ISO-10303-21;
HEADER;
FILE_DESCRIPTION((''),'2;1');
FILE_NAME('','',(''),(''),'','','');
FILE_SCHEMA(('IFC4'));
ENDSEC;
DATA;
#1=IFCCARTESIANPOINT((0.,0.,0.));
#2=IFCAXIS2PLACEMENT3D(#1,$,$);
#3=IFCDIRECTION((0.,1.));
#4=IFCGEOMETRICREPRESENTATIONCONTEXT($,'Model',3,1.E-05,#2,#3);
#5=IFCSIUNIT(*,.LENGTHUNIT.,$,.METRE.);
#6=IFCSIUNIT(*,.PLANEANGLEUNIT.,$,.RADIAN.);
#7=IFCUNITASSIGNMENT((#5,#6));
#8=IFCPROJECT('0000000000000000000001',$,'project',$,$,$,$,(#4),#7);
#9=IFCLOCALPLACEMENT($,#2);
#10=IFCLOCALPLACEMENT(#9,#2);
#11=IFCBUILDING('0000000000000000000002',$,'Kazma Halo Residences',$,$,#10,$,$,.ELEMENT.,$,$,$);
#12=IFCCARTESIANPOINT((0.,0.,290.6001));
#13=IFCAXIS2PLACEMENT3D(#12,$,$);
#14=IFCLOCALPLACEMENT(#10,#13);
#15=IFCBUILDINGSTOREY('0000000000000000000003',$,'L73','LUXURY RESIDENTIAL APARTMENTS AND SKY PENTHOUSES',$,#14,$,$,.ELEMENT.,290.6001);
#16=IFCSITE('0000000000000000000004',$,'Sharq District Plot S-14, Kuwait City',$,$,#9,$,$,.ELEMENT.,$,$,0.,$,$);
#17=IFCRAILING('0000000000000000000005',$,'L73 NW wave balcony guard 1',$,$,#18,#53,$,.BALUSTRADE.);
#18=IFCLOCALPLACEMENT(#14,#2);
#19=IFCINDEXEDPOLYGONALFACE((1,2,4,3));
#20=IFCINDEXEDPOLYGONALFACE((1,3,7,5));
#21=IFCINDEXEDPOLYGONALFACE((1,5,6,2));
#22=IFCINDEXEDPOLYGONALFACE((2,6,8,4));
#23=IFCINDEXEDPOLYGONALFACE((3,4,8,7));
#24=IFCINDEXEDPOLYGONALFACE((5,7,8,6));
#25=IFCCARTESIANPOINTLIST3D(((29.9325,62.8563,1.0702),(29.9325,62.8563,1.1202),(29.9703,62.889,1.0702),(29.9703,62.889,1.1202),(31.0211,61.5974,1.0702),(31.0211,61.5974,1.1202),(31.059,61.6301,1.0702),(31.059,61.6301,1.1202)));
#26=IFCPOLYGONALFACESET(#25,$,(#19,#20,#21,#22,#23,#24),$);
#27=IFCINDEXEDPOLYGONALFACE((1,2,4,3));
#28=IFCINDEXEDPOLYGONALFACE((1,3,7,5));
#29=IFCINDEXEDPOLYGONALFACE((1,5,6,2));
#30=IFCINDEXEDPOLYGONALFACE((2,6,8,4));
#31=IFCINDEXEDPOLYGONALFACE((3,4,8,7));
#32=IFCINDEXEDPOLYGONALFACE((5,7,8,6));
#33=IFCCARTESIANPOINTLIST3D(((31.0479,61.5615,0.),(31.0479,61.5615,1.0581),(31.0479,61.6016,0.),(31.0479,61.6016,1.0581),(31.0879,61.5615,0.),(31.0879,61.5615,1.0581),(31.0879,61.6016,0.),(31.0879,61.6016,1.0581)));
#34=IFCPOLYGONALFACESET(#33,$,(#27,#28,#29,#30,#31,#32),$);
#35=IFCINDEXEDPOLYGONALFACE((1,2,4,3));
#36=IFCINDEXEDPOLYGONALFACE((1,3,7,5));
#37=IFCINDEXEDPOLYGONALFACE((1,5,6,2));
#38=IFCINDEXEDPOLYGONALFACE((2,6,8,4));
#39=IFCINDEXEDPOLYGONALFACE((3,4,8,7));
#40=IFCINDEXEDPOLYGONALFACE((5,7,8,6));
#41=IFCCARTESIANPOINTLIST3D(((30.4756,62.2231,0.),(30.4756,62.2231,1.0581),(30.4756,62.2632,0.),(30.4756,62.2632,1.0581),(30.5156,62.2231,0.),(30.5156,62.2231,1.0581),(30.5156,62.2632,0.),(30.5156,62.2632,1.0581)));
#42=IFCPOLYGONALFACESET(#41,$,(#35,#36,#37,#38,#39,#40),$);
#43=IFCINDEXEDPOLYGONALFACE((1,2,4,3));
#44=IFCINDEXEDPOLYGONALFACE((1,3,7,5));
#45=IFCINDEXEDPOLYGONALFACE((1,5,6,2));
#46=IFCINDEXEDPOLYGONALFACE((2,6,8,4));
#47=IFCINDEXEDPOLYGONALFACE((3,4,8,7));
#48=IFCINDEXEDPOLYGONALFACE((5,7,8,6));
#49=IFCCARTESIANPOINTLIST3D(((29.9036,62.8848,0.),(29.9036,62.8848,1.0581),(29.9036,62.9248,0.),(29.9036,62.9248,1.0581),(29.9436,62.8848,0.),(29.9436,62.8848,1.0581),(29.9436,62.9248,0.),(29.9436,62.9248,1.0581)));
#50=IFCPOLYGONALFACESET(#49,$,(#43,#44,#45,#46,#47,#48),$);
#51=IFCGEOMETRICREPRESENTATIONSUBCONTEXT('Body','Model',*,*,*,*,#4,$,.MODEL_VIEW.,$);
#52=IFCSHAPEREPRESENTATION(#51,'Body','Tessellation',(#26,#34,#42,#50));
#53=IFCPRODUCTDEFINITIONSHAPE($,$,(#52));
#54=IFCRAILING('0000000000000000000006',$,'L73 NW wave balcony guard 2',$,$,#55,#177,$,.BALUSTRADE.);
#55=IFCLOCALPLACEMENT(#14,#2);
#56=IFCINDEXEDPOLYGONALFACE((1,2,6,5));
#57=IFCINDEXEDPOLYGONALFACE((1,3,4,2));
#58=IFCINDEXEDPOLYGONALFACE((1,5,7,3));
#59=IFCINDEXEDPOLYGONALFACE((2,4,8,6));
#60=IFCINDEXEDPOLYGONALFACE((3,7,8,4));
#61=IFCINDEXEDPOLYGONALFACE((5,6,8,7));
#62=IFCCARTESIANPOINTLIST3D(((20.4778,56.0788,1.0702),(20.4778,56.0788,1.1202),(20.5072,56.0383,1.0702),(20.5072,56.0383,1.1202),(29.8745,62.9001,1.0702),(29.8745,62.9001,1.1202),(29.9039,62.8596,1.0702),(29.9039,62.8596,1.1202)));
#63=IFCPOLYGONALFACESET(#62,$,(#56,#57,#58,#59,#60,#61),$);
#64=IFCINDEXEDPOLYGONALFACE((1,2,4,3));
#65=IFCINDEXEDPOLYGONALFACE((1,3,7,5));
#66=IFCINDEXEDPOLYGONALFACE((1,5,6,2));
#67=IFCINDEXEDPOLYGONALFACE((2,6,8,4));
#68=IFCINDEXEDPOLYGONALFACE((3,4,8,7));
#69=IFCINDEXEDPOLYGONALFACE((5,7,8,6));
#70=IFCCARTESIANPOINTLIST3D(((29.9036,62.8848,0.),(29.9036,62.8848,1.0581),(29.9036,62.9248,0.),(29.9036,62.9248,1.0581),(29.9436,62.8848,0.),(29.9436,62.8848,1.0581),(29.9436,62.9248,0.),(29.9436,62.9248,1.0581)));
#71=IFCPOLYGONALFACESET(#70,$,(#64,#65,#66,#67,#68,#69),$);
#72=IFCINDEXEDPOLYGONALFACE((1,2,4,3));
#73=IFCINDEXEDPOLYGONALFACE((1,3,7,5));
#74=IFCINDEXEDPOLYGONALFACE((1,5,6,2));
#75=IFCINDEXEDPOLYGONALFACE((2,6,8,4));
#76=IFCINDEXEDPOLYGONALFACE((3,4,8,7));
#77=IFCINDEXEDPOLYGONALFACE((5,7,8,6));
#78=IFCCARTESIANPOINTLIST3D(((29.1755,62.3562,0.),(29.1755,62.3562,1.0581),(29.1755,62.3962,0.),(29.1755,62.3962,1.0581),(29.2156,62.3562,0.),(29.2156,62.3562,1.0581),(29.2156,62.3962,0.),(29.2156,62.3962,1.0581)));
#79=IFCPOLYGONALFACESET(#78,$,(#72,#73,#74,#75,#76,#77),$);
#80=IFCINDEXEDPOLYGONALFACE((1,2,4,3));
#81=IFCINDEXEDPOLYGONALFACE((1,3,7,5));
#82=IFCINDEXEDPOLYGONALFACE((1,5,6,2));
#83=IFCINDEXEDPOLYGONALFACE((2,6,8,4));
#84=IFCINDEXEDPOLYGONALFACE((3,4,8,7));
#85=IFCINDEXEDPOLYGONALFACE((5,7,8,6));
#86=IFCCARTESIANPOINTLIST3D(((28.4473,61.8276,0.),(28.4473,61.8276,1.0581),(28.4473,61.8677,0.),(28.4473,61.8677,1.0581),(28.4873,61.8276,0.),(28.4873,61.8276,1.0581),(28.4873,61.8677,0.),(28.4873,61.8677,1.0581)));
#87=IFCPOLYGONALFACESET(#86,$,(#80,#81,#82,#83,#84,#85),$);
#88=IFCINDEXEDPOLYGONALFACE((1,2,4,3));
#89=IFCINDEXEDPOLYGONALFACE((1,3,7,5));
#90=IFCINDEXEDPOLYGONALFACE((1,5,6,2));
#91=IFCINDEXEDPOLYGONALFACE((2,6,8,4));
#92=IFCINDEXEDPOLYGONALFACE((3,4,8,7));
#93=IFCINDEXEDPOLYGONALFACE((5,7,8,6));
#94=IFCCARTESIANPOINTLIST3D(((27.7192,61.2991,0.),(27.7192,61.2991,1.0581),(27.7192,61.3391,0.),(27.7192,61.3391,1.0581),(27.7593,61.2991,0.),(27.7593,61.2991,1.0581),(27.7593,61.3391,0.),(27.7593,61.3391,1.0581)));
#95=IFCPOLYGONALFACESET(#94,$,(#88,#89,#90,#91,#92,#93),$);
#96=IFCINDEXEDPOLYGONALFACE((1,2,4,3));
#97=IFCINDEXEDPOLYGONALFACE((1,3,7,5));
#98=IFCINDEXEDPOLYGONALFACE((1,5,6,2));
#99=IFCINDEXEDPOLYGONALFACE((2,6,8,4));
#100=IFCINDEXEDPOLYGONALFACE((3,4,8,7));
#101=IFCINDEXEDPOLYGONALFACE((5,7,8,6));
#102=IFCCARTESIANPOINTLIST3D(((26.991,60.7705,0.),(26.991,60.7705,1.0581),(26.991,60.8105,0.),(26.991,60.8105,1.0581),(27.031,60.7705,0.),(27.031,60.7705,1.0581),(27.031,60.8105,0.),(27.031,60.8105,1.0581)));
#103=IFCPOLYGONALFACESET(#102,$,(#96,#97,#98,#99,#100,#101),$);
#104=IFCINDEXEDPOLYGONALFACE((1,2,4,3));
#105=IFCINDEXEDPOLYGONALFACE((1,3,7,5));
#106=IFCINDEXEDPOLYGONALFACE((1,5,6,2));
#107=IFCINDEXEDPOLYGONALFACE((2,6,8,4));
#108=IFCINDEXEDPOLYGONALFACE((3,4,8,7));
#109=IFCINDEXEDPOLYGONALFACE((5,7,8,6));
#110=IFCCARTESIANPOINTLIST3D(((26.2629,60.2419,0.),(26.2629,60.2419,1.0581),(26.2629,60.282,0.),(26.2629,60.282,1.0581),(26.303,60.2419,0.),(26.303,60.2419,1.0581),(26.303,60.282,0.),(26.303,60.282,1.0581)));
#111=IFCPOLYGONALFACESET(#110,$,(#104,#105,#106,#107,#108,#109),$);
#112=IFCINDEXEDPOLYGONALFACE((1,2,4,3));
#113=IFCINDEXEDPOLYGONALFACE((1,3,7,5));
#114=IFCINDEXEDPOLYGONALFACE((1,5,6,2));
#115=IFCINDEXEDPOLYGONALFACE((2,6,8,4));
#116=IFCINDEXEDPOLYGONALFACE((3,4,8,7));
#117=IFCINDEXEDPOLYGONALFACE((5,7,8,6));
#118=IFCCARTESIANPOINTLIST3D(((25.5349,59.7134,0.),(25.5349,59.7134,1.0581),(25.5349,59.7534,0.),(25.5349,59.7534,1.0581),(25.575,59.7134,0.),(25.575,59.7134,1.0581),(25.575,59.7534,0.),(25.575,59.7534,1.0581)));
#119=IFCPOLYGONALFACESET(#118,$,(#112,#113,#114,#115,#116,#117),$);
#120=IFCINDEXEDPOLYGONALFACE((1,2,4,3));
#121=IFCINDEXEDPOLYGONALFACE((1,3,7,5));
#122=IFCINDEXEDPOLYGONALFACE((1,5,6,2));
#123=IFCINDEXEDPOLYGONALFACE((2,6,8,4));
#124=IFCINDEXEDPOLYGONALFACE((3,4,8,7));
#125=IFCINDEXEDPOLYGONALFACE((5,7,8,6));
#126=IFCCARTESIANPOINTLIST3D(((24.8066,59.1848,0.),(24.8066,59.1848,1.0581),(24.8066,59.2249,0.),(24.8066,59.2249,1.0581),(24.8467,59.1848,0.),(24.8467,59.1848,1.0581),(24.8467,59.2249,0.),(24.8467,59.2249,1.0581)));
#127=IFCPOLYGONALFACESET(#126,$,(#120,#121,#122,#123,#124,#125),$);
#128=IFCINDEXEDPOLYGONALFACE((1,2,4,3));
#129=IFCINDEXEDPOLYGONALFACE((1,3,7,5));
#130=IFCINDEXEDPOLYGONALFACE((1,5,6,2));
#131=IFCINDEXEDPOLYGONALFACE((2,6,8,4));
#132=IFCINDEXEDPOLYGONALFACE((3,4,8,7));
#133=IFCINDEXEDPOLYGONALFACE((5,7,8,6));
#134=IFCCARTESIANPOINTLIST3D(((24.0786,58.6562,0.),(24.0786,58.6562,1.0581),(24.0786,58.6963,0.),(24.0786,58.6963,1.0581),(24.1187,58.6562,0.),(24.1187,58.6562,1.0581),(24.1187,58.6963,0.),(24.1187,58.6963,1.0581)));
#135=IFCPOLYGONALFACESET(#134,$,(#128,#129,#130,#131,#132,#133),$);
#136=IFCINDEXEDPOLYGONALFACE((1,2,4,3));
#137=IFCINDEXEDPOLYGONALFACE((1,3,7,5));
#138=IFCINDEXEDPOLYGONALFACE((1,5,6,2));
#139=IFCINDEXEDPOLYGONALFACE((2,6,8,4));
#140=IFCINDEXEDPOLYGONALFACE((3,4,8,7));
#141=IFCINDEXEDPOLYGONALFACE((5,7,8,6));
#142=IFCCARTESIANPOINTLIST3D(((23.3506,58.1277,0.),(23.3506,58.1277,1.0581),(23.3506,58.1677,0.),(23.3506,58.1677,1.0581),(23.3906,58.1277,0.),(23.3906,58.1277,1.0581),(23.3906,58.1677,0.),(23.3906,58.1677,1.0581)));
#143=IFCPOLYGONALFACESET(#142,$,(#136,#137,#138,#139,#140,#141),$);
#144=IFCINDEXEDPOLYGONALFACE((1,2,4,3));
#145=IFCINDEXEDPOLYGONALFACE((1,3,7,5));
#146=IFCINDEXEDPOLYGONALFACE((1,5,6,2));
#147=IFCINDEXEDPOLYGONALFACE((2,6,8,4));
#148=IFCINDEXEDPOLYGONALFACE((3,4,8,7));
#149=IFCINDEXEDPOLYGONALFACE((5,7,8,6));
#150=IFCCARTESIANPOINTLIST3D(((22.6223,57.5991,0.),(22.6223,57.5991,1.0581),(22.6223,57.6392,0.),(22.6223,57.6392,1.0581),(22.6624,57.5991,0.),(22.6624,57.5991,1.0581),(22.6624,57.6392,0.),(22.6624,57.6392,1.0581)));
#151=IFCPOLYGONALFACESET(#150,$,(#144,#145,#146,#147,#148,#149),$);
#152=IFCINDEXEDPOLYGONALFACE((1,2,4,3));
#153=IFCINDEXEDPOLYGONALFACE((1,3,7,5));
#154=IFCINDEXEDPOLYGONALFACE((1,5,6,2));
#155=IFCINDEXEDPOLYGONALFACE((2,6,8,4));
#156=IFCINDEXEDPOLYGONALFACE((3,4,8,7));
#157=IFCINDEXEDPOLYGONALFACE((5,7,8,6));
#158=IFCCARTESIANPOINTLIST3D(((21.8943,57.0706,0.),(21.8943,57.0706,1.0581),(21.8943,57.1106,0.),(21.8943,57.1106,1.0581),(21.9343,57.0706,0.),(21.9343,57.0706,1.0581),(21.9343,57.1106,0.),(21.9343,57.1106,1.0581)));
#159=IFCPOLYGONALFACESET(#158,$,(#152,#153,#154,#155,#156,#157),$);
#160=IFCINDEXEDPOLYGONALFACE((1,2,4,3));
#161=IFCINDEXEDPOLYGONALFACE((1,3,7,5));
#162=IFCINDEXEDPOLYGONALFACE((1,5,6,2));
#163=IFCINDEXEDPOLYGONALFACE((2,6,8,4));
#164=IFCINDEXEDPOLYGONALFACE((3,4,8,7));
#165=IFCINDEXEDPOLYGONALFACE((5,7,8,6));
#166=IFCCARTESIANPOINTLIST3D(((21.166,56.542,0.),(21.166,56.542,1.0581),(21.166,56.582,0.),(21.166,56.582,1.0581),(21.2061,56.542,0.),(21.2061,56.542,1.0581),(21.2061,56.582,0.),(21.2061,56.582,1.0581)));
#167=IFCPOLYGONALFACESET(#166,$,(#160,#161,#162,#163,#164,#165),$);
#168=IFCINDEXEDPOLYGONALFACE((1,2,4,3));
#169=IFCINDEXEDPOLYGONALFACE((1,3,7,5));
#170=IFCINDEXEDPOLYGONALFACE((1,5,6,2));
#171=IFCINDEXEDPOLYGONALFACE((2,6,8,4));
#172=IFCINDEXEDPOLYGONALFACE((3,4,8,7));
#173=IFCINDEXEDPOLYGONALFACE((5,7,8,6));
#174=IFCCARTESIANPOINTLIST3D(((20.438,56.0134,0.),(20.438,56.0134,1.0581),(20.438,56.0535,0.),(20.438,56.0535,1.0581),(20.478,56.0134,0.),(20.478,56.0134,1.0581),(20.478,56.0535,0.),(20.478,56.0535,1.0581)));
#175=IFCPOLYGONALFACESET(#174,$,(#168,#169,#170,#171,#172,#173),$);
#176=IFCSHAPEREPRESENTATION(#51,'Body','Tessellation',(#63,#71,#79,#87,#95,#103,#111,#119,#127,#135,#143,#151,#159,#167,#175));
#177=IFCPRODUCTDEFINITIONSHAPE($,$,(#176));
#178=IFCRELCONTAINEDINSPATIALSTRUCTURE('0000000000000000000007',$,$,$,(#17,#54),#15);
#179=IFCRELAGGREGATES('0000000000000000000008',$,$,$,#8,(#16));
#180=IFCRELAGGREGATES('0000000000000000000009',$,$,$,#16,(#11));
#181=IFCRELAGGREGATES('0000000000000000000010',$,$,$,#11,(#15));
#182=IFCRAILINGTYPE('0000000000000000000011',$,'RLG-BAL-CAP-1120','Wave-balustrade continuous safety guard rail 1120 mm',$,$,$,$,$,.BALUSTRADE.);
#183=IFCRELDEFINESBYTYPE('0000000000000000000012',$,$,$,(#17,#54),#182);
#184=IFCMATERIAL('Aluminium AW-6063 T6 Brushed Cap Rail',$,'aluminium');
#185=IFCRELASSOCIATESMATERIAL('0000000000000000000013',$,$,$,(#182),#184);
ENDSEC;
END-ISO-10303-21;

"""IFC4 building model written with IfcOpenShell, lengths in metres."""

from ifc_helpers import new_model, si_unit, direction, frame, origin, origin_2d, place, context, subcontext, project, spatial, rectangle, extrude, material, type_object, element, save


model = new_model("IFC4")

# Units and contexts
model_context = context("Model", 3, precision=1e-05, world=origin(), true_north=direction((0.0, 1.0)))
body_context = subcontext(model_context, "Body", "Model", "MODEL_VIEW")
ifc_project = project(units=[si_unit("LENGTHUNIT", "METRE"), si_unit("PLANEANGLEUNIT", "RADIAN")], contexts=[model_context])

# Site, building, storey
site_placement = place(None, origin())
site = spatial("IfcSite", under=ifc_project, at=site_placement, Name="Sharq District Plot S-14, Kuwait City", CompositionType="ELEMENT", RefElevation=0.0)
building_placement = place(site_placement, origin())
building = spatial("IfcBuilding", under=site, at=building_placement, Name="Kazma Halo Residences", CompositionType="ELEMENT")
storey_placement = place(building_placement, frame((0.0, 0.0, 290.6001)))
storey = spatial("IfcBuildingStorey", under=building, at=storey_placement, Name="L73", Description="LUXURY RESIDENTIAL APARTMENTS AND SKY PENTHOUSES", CompositionType="ELEMENT", Elevation=290.6001)

# Railings
ifc_material_1 = material(Name="Aluminium AW-6063 T6 Brushed Cap Rail", Category="aluminium")
railing_type = type_object("IfcRailingType", Name="RLG-BAL-CAP-1120", Description="Wave-balustrade continuous safety guard rail 1120 mm", PredefinedType="BALUSTRADE", material=ifc_material_1)
railing_1_placement = place(storey_placement, frame((31.0679, 61.5815, 0.0)))
element("IfcRailing", 1, at=railing_1_placement, inside=storey, type_object=railing_type, Name="L73 NW wave balcony guard 1", PredefinedType="BALUSTRADE", context=body_context, shape_type="SweptSolid", body=[
    extrude(rectangle(XDim=0.05, YDim=0.05, at=origin_2d()), frame((-0.0278, 0.0322, 1.0952), z_axis=(-0.654107, 0.756402, 0.0), x_axis=(-0.756402, -0.654107, 0.0)), (0.0, 0.0, 1.0), 1.6643),
    extrude(rectangle(XDim=0.04, YDim=0.04, at=origin_2d()), origin(), (0.0, 0.0, 1.0), 1.0581),
    extrude(rectangle(XDim=0.04, YDim=0.04, at=origin_2d()), frame((-0.5723, 0.6616, 0.0)), (0.0, 0.0, 1.0), 1.0581),
    extrude(rectangle(XDim=0.04, YDim=0.04, at=origin_2d()), frame((-1.1443, 1.3232, 0.0)), (0.0, 0.0, 1.0), 1.0581),
])
railing_2_placement = place(storey_placement, frame((29.9236, 62.9048, 0.0)))
element("IfcRailing", 2, at=railing_2_placement, inside=storey, type_object=railing_type, Name="L73 NW wave balcony guard 2", PredefinedType="BALUSTRADE", context=body_context, shape_type="SweptSolid", body=[
    extrude(rectangle(XDim=0.05, YDim=0.05, at=origin_2d()), frame((-0.0344, -0.0249, 1.0952), z_axis=(-0.809253, -0.58746, 0.0), x_axis=(0.58746, -0.809253, 0.0)), (0.0, 0.0, 1.0), 11.6116),
    extrude(rectangle(XDim=0.04, YDim=0.04, at=origin_2d()), origin(), (0.0, 0.0, 1.0), 1.0581),
    extrude(rectangle(XDim=0.04, YDim=0.04, at=origin_2d()), frame((-0.728, -0.5286, 0.0)), (0.0, 0.0, 1.0), 1.0581),
    extrude(rectangle(XDim=0.04, YDim=0.04, at=origin_2d()), frame((-1.4563, -1.0571, 0.0)), (0.0, 0.0, 1.0), 1.0581),
    extrude(rectangle(XDim=0.04, YDim=0.04, at=origin_2d()), frame((-2.1843, -1.5857, 0.0)), (0.0, 0.0, 1.0), 1.0581),
    extrude(rectangle(XDim=0.04, YDim=0.04, at=origin_2d()), frame((-2.9126, -2.1143, 0.0)), (0.0, 0.0, 1.0), 1.0581),
    extrude(rectangle(XDim=0.04, YDim=0.04, at=origin_2d()), frame((-3.6406, -2.6428, 0.0)), (0.0, 0.0, 1.0), 1.0581),
    extrude(rectangle(XDim=0.04, YDim=0.04, at=origin_2d()), frame((-4.3687, -3.1714, 0.0)), (0.0, 0.0, 1.0), 1.0581),
    extrude(rectangle(XDim=0.04, YDim=0.04, at=origin_2d()), frame((-5.0969, -3.7, 0.0)), (0.0, 0.0, 1.0), 1.0581),
    extrude(rectangle(XDim=0.04, YDim=0.04, at=origin_2d()), frame((-5.825, -4.2285, 0.0)), (0.0, 0.0, 1.0), 1.0581),
    extrude(rectangle(XDim=0.04, YDim=0.04, at=origin_2d()), frame((-6.553, -4.7571, 0.0)), (0.0, 0.0, 1.0), 1.0581),
    extrude(rectangle(XDim=0.04, YDim=0.04, at=origin_2d()), frame((-7.2812, -5.2856, 0.0)), (0.0, 0.0, 1.0), 1.0581),
    extrude(rectangle(XDim=0.04, YDim=0.04, at=origin_2d()), frame((-8.0093, -5.8142, 0.0)), (0.0, 0.0, 1.0), 1.0581),
    extrude(rectangle(XDim=0.04, YDim=0.04, at=origin_2d()), frame((-8.7375, -6.3428, 0.0)), (0.0, 0.0, 1.0), 1.0581),
    extrude(rectangle(XDim=0.04, YDim=0.04, at=origin_2d()), frame((-9.4656, -6.8713, 0.0)), (0.0, 0.0, 1.0), 1.0581),
])

save(model, "model.ifc")
